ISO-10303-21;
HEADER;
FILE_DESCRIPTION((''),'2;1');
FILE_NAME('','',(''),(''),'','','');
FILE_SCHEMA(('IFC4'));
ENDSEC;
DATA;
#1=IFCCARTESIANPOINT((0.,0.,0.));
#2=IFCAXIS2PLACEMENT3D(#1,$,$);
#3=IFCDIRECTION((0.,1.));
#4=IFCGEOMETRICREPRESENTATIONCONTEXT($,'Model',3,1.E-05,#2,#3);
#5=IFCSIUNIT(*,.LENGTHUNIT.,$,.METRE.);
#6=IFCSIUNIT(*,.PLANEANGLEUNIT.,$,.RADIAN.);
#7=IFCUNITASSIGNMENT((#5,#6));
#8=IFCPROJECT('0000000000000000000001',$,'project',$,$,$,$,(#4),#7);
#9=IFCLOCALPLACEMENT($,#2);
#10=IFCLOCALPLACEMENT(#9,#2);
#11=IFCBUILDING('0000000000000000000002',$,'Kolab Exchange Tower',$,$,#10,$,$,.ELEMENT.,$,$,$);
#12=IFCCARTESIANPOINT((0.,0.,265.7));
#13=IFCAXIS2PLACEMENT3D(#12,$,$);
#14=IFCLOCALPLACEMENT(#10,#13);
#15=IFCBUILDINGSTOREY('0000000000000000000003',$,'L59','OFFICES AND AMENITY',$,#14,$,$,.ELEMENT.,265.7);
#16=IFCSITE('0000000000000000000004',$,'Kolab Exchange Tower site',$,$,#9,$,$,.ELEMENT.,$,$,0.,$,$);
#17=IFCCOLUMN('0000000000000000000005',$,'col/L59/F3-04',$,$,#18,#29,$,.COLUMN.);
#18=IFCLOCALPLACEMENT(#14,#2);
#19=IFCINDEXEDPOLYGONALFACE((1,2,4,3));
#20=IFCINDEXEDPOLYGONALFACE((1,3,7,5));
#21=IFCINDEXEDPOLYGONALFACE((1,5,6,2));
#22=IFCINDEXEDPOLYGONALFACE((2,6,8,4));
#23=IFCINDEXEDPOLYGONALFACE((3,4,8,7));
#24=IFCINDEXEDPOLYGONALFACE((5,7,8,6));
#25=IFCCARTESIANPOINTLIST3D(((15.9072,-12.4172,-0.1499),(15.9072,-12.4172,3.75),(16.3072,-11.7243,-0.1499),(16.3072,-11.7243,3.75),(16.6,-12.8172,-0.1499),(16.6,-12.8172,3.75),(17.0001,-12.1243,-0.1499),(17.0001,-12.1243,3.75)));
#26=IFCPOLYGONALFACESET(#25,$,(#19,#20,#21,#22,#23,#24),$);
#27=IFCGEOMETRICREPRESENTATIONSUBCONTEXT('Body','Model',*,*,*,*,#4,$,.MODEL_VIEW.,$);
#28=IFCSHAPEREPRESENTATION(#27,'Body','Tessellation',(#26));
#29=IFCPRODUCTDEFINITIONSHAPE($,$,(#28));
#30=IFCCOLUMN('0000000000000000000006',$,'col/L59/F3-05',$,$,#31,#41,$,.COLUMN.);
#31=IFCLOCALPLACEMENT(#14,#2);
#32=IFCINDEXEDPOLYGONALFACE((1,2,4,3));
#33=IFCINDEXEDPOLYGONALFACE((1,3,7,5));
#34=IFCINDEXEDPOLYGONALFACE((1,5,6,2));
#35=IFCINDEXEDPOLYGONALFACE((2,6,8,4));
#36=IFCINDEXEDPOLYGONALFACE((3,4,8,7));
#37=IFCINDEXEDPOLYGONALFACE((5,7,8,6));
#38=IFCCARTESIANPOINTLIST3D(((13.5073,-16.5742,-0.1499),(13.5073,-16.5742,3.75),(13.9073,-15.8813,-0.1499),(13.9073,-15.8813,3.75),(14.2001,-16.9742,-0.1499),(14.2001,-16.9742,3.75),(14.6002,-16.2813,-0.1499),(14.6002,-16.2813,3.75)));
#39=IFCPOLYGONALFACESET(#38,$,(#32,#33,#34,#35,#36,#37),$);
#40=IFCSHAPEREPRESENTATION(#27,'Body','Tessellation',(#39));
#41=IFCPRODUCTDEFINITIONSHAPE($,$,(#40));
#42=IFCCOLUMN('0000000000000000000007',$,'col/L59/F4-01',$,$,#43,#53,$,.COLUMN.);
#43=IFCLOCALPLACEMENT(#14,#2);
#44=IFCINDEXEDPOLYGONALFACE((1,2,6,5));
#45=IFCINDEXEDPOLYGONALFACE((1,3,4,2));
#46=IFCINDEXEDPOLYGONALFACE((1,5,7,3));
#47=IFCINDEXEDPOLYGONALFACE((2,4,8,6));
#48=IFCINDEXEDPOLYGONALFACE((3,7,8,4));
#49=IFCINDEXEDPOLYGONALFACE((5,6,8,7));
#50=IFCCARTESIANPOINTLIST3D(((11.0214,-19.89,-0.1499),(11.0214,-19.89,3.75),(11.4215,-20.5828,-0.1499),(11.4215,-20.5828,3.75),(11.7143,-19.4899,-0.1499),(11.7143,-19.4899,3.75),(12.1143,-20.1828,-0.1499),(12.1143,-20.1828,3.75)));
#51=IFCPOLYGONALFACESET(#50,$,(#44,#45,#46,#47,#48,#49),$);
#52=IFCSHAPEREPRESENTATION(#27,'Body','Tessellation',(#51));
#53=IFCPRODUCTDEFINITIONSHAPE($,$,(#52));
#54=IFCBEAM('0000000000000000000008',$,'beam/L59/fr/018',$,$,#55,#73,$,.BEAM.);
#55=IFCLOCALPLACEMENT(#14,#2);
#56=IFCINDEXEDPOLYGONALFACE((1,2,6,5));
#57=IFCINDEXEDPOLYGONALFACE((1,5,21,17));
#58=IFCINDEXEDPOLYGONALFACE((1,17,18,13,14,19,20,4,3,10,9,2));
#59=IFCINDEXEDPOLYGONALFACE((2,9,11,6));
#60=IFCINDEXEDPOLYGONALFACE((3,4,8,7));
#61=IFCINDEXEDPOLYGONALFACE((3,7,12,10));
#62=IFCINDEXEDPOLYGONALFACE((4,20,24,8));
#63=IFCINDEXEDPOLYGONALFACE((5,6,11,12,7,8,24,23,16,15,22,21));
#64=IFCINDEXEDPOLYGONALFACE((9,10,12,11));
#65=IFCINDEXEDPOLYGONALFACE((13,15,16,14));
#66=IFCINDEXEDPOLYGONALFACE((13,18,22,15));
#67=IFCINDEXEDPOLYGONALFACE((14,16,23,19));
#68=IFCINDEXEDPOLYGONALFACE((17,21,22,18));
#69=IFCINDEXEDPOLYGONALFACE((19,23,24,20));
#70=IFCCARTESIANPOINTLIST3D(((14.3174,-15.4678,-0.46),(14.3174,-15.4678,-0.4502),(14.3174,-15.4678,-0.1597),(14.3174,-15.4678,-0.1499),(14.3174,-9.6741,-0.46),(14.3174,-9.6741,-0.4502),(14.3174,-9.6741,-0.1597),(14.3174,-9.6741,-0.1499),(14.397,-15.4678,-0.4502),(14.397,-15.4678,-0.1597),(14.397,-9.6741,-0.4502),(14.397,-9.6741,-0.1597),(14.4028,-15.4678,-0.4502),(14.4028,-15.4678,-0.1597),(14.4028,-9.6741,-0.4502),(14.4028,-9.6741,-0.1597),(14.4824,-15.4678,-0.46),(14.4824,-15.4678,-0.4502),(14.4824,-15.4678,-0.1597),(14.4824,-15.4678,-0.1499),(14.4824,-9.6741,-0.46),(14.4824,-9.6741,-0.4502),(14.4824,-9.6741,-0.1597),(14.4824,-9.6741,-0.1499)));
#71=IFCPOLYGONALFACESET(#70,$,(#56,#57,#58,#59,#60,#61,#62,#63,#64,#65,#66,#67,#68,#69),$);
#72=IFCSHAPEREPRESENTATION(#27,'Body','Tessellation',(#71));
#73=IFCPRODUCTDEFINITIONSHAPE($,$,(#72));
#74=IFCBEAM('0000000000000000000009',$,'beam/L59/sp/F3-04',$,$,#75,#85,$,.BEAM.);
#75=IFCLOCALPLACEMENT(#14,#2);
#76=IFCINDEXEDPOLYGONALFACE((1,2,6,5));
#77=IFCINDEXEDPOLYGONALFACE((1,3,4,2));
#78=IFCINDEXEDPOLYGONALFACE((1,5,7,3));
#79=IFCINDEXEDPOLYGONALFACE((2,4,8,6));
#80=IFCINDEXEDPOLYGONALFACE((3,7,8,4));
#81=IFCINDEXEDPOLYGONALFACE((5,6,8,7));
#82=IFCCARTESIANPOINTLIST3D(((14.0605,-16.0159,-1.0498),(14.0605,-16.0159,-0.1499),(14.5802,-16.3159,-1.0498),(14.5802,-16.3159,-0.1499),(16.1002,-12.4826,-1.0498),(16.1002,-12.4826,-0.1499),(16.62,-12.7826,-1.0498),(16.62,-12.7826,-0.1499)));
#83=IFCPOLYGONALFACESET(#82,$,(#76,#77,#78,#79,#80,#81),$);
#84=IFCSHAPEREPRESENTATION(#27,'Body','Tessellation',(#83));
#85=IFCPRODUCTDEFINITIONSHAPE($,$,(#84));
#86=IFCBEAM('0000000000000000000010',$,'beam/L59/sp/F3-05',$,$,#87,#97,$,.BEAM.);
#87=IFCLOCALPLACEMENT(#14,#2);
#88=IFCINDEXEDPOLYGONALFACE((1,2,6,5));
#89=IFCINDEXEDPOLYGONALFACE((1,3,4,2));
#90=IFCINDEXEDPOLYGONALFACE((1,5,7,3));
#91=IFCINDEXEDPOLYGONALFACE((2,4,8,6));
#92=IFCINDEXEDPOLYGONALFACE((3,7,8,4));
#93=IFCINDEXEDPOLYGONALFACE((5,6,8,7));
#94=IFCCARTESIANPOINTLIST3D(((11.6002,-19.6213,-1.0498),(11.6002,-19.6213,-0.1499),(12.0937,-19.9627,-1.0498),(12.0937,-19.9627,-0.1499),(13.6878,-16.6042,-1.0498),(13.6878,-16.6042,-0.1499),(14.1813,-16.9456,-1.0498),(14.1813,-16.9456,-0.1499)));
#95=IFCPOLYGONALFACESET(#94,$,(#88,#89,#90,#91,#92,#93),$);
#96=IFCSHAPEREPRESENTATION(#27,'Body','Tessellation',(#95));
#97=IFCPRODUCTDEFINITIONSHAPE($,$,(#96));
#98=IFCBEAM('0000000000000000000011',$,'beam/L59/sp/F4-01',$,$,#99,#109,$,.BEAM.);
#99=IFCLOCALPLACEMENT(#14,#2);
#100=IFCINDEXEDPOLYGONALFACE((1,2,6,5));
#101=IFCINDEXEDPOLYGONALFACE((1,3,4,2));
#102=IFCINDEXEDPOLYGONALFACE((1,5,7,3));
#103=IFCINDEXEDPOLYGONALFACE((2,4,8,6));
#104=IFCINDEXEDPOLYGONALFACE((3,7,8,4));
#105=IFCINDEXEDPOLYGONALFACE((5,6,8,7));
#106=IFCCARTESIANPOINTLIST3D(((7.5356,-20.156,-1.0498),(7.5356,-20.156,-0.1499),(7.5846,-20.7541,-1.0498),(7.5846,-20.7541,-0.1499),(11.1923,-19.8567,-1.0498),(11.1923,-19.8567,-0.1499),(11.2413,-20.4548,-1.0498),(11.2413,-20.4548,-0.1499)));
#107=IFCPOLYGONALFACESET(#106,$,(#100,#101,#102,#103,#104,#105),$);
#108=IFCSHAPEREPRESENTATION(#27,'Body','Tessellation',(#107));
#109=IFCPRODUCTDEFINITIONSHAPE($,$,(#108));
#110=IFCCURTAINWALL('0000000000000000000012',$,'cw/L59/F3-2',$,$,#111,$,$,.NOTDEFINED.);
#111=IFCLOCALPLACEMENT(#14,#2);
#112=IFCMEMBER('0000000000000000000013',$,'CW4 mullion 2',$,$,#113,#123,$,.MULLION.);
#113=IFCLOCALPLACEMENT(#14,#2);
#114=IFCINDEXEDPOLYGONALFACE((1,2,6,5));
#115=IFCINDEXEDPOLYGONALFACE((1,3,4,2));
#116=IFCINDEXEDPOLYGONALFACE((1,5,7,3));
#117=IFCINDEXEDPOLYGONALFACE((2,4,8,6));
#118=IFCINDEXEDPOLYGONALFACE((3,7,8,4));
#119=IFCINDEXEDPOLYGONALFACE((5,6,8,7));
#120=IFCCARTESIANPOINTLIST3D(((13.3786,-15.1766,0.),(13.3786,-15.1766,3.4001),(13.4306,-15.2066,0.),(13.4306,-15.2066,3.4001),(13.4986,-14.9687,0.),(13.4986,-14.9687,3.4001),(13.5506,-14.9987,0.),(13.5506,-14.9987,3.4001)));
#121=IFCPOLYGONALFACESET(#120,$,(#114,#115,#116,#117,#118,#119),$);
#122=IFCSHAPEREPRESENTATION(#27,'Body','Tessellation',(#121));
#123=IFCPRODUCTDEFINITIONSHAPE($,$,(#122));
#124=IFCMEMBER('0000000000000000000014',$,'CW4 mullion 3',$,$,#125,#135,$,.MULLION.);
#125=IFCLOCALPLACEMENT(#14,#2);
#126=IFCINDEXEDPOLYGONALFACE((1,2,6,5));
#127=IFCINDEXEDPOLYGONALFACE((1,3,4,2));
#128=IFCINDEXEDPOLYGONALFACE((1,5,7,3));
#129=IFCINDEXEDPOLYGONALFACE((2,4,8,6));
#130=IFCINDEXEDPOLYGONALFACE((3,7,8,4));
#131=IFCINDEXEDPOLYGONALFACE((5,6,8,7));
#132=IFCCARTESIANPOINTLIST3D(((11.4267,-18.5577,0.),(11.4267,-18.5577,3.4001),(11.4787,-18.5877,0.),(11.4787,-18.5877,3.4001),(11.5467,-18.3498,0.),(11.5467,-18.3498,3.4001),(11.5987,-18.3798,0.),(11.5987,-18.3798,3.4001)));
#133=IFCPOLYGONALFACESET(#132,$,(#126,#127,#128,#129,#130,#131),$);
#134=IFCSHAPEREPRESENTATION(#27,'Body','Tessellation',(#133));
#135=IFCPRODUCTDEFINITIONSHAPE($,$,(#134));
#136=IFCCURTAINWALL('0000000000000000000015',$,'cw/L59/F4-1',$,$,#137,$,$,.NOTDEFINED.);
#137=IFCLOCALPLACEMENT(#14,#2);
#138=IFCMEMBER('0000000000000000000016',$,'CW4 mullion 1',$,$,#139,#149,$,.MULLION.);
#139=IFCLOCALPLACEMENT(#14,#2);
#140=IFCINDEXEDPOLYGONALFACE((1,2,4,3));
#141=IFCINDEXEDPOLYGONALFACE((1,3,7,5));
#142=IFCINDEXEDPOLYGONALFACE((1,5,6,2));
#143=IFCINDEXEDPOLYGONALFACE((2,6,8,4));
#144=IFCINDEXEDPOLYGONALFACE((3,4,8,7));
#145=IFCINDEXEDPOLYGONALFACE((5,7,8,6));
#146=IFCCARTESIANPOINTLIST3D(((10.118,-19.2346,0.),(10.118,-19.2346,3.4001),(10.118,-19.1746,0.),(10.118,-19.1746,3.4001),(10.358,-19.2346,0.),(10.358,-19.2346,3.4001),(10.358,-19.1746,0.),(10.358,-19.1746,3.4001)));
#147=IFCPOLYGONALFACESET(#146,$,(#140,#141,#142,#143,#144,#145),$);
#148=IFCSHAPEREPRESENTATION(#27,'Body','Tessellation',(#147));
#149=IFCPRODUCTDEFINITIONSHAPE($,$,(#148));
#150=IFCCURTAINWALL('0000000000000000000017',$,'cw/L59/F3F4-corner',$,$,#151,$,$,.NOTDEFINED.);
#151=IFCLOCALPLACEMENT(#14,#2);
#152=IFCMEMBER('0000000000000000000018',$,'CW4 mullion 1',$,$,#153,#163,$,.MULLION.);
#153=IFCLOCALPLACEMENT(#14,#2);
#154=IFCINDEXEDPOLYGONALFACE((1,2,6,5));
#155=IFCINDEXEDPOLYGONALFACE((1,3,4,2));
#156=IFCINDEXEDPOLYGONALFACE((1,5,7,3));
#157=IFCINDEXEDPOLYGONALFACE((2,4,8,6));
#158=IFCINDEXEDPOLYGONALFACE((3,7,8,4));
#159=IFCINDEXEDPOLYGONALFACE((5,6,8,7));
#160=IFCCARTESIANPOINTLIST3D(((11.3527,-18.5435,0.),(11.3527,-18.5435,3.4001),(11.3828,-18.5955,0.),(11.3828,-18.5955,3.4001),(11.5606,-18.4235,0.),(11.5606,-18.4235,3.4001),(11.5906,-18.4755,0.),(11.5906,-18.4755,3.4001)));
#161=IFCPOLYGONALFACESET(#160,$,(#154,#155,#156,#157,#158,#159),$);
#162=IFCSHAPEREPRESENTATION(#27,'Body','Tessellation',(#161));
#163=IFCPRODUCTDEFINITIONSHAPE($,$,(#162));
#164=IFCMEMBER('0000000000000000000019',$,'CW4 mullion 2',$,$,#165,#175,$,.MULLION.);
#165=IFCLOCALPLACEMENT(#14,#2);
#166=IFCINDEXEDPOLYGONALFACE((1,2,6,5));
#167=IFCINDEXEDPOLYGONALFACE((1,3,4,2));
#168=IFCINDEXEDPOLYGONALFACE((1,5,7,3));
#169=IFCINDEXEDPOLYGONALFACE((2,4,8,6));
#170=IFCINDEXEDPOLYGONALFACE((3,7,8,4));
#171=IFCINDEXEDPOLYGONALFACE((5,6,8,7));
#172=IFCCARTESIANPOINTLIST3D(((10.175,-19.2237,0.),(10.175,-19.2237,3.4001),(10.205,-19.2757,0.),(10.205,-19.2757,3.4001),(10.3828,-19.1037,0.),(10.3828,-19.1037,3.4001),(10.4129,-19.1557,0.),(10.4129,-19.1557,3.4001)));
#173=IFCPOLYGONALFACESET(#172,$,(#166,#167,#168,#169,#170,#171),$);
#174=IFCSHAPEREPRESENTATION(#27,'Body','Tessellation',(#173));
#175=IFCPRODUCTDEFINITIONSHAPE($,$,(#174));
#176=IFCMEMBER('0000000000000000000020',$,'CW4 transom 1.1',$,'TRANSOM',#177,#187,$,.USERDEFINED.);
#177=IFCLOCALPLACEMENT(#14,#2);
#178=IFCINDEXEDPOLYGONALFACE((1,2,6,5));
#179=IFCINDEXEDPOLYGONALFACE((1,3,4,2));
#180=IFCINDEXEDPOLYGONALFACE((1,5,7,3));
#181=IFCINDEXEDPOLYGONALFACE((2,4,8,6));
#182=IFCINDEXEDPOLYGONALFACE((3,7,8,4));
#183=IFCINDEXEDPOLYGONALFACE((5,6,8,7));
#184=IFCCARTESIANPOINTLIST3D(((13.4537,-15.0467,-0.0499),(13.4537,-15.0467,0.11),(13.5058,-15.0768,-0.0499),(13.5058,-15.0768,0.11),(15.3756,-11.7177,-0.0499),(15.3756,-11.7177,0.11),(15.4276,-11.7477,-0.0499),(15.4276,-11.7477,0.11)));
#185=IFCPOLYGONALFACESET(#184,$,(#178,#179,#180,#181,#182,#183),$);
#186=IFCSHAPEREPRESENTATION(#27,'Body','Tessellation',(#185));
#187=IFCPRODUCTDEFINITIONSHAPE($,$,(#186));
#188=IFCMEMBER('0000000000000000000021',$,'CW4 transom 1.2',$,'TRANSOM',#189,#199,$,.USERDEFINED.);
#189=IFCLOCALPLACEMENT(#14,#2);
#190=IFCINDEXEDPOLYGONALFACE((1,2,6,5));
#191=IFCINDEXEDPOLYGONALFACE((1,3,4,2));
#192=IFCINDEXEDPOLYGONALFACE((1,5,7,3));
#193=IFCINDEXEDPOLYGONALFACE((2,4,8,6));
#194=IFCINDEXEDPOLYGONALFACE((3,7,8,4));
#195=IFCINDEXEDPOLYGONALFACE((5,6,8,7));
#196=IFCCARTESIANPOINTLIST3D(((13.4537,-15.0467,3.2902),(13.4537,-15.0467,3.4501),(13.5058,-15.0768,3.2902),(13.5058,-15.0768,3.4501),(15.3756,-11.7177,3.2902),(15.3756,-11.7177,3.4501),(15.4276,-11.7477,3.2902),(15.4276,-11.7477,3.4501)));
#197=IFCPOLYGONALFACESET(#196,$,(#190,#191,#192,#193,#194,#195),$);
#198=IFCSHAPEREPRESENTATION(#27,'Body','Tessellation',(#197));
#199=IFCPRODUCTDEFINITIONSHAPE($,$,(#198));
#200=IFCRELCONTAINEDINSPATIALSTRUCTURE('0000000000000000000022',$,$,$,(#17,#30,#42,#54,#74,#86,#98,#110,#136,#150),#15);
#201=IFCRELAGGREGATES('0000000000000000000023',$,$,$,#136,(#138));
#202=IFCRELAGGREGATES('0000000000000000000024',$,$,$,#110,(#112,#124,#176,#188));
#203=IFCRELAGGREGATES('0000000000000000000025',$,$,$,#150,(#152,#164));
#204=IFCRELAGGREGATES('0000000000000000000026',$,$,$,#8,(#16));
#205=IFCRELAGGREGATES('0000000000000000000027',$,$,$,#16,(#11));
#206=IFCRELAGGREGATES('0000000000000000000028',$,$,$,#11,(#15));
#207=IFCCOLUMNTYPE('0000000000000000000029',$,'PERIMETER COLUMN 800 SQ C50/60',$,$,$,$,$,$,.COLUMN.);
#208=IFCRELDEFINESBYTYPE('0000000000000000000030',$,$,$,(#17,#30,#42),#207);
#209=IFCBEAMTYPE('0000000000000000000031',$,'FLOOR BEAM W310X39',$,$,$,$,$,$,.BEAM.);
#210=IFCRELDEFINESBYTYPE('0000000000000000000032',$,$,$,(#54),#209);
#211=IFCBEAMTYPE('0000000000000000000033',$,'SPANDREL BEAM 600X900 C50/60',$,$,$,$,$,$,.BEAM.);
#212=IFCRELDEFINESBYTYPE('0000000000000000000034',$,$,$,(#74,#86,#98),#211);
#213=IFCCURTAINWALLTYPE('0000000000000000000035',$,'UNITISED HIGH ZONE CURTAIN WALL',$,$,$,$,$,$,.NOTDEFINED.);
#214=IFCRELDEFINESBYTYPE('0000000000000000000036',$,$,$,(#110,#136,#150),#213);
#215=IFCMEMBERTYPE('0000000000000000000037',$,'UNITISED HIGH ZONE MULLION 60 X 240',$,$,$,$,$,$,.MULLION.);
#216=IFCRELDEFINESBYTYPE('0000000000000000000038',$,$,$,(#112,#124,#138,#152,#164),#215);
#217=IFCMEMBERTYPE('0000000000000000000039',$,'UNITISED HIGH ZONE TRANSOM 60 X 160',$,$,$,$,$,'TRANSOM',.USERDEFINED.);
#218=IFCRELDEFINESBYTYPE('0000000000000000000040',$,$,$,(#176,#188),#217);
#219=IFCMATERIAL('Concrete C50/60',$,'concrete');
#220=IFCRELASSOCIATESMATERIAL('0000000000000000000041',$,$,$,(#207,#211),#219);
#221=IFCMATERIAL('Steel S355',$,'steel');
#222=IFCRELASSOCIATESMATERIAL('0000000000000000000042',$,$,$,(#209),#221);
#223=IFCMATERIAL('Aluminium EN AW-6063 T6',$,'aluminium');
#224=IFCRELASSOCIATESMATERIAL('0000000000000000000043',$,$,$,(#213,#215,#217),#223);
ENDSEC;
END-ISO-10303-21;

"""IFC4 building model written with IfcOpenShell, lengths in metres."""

from ifc_helpers import new_model, si_unit, direction, frame, origin, origin_2d, place, context, subcontext, project, spatial, rectangle, i_section, extrude, material, material_profile, profile_set, type_object, element, aggregate, save


model = new_model("IFC4")

# Units and contexts
model_context = context("Model", 3, precision=1e-05, world=origin(), true_north=direction((0.0, 1.0)))
body_context = subcontext(model_context, "Body", "Model", "MODEL_VIEW")
ifc_project = project(units=[si_unit("LENGTHUNIT", "METRE"), si_unit("PLANEANGLEUNIT", "RADIAN")], contexts=[model_context])

# Site, building, storey
site_placement = place(None, origin())
site = spatial("IfcSite", under=ifc_project, at=site_placement, Name="Kolab Exchange Tower site", CompositionType="ELEMENT", RefElevation=0.0)
building_placement = place(site_placement, origin())
building = spatial("IfcBuilding", under=site, at=building_placement, Name="Kolab Exchange Tower", CompositionType="ELEMENT")
storey_placement = place(building_placement, frame((0.0, 0.0, 265.7)))
storey = spatial("IfcBuildingStorey", under=building, at=storey_placement, Name="L59", Description="OFFICES AND AMENITY", CompositionType="ELEMENT", Elevation=265.7)

# Columns
ifc_material_1 = material(Name="Concrete C50/60", Category="concrete")
ifc_material_profile_1 = material_profile(ifc_material_1, rectangle(XDim=0.8, YDim=0.8, at=origin_2d()), Name="RC800")
ifc_profile_set_1 = profile_set([ifc_material_profile_1], Name="Concrete C50/60")
column_type = type_object("IfcColumnType", Name="PERIMETER COLUMN 800 SQ C50/60", PredefinedType="COLUMN", material=ifc_profile_set_1)
for number, where, z_axis, x_axis, name in (
    (1, (16.4536, -12.2708, -0.1499), (0.0, 0.0, 1.0), (0.5, 0.866025, 0.0), "col/L59/F3-04"),
    (2, (14.0537, -16.4277, -0.1499), (0.0, 0.0, 1.0), (0.5, 0.866025, 0.0), "col/L59/F3-05"),
    (3, (11.5679, -20.0364, -0.1499), (0.0, 0.0, 1.0), (0.866025, 0.5, 0.0), "col/L59/F4-01"),
):
    element("IfcColumn", number, at=place(storey_placement, frame(where, z_axis=z_axis, x_axis=x_axis)), inside=storey, type_object=column_type, Name=name, PredefinedType="COLUMN", context=body_context, shape_type="SweptSolid", body=[
        extrude(rectangle(XDim=0.8, YDim=0.8, at=origin_2d()), origin(), (0.0, 0.0, 1.0), 3.8999),
    ])

# Beams
ifc_material_2 = material(Name="Steel S355", Category="steel")
ifc_material_profile_2 = material_profile(ifc_material_2, i_section(OverallWidth=0.165, OverallDepth=0.3101, WebThickness=0.0059, FlangeThickness=0.0098, at=origin_2d()), Name="W310X39")
ifc_profile_set_2 = profile_set([ifc_material_profile_2], Name="Steel S355")
beam_type_1 = type_object("IfcBeamType", Name="FLOOR BEAM W310X39", PredefinedType="BEAM", material=ifc_profile_set_2)
beam_1_placement = place(storey_placement, frame((14.3999, -15.4678, -0.3049), z_axis=(0.0, 1.0, 0.0), x_axis=(-1.0, 0.0, 0.0)))
element("IfcBeam", 4, at=beam_1_placement, inside=storey, type_object=beam_type_1, Name="beam/L59/fr/018", PredefinedType="BEAM", context=body_context, shape_type="SweptSolid", body=[
    extrude(i_section(OverallWidth=0.165, OverallDepth=0.3101, WebThickness=0.0059, FlangeThickness=0.0098, at=origin_2d()), origin(), (0.0, 0.0, 1.0), 5.7937),
])
ifc_material_profile_3 = material_profile(ifc_material_1, rectangle(XDim=0.6001, YDim=0.8999, at=origin_2d()), Name="RC600X900")
ifc_profile_set_3 = profile_set([ifc_material_profile_3], Name="Concrete C50/60")
beam_type_2 = type_object("IfcBeamType", Name="SPANDREL BEAM 600X900 C50/60", PredefinedType="BEAM", material=ifc_profile_set_3)
beam_2_placement = place(storey_placement, frame((16.3601, -12.6326, -0.5999), z_axis=(-0.499956, -0.866051, 0.0), x_axis=(0.866051, -0.499956, 0.0)))
element("IfcBeam", 5, at=beam_2_placement, inside=storey, type_object=beam_type_2, Name="beam/L59/sp/F3-04", PredefinedType="BEAM", context=body_context, shape_type="SweptSolid", body=[
    extrude(rectangle(XDim=0.6001, YDim=0.8999, at=origin_2d()), origin(), (0.0, 0.0, 1.0), 4.0798),
])
for number, where, z_axis, x_axis, name in (
    (6, (13.9346, -16.7749, -0.5999), (-0.569006, -0.822334, 0.0), (0.822334, -0.569006, 0.0), "beam/L59/sp/F3-05"),
    (7, (11.2168, -20.1558, -0.5999), (-0.996667, -0.081581, 0.0), (0.081581, -0.996667, 0.0), "beam/L59/sp/F4-01"),
):
    element("IfcBeam", number, at=place(storey_placement, frame(where, z_axis=z_axis, x_axis=x_axis)), inside=storey, type_object=beam_type_2, Name=name, PredefinedType="BEAM", context=body_context, shape_type="SweptSolid", body=[
        extrude(rectangle(XDim=0.6001, YDim=0.8999, at=origin_2d()), origin(), (0.0, 0.0, 1.0), 3.6689),
    ])

# Curtain wall, members
ifc_material_3 = material(Name="Aluminium EN AW-6063 T6", Category="aluminium")
curtain_wall_type = type_object("IfcCurtainWallType", Name="UNITISED HIGH ZONE CURTAIN WALL", PredefinedType="NOTDEFINED", material=ifc_material_3)
curtain_wall_1_placement = place(storey_placement, origin())
curtain_wall_1 = element("IfcCurtainWall", 8, at=curtain_wall_1_placement, inside=storey, type_object=curtain_wall_type, Name="cw/L59/F3-2", PredefinedType="NOTDEFINED")
ifc_material_profile_4 = material_profile(ifc_material_3, rectangle(XDim=0.0601, YDim=0.24, at=origin_2d()), Name="RECT 60X240")
ifc_profile_set_4 = profile_set([ifc_material_profile_4], Name="Aluminium EN AW-6063 T6")
member_type_1 = type_object("IfcMemberType", Name="UNITISED HIGH ZONE MULLION 60 X 240", PredefinedType="MULLION", material=ifc_profile_set_4)
member_1_placement = place(storey_placement, frame((13.4646, -15.0876, 0.0), z_axis=(0.0, 0.0, 1.0), x_axis=(0.866025, -0.5, 0.0)))
member_1 = element("IfcMember", 9, at=member_1_placement, type_object=member_type_1, Name="CW4 mullion 2", PredefinedType="MULLION", context=body_context, shape_type="SweptSolid", body=[
    extrude(rectangle(XDim=0.0601, YDim=0.24, at=origin_2d()), origin(), (0.0, 0.0, 1.0), 3.4001),
])
member_2_placement = place(storey_placement, frame((11.5127, -18.4688, 0.0), z_axis=(0.0, 0.0, 1.0), x_axis=(0.866025, -0.5, 0.0)))
member_2 = element("IfcMember", 10, at=member_2_placement, type_object=member_type_1, Name="CW4 mullion 3", PredefinedType="MULLION", context=body_context, shape_type="SweptSolid", body=[
    extrude(rectangle(XDim=0.0601, YDim=0.24, at=origin_2d()), origin(), (0.0, 0.0, 1.0), 3.4001),
])

# Curtain wall, member
curtain_wall_2_placement = place(storey_placement, origin())
curtain_wall_2 = element("IfcCurtainWall", 11, at=curtain_wall_2_placement, inside=storey, type_object=curtain_wall_type, Name="cw/L59/F4-1", PredefinedType="NOTDEFINED")
member_3_placement = place(storey_placement, frame((10.238, -19.2046, 0.0), z_axis=(0.0, 0.0, 1.0), x_axis=(0.0, -1.0, 0.0)))
member_3 = element("IfcMember", 12, at=member_3_placement, type_object=member_type_1, Name="CW4 mullion 1", PredefinedType="MULLION", context=body_context, shape_type="SweptSolid", body=[
    extrude(rectangle(XDim=0.0601, YDim=0.24, at=origin_2d()), origin(), (0.0, 0.0, 1.0), 3.4001),
])

# Curtain wall, members
curtain_wall_3_placement = place(storey_placement, origin())
curtain_wall_3 = element("IfcCurtainWall", 13, at=curtain_wall_3_placement, inside=storey, type_object=curtain_wall_type, Name="cw/L59/F3F4-corner", PredefinedType="NOTDEFINED")
member_4_placement = place(storey_placement, frame((11.4717, -18.5095, 0.0), z_axis=(0.0, 0.0, 1.0), x_axis=(0.5, -0.866025, 0.0)))
member_4 = element("IfcMember", 14, at=member_4_placement, type_object=member_type_1, Name="CW4 mullion 1", PredefinedType="MULLION", context=body_context, shape_type="SweptSolid", body=[
    extrude(rectangle(XDim=0.0601, YDim=0.24, at=origin_2d()), origin(), (0.0, 0.0, 1.0), 3.4001),
])
member_5_placement = place(storey_placement, frame((10.2939, -19.1897, 0.0), z_axis=(0.0, 0.0, 1.0), x_axis=(0.5, -0.866025, 0.0)))
member_5 = element("IfcMember", 15, at=member_5_placement, type_object=member_type_1, Name="CW4 mullion 2", PredefinedType="MULLION", context=body_context, shape_type="SweptSolid", body=[
    extrude(rectangle(XDim=0.0601, YDim=0.24, at=origin_2d()), origin(), (0.0, 0.0, 1.0), 3.4001),
])

# Members
ifc_material_profile_5 = material_profile(ifc_material_3, rectangle(XDim=0.0601, YDim=0.1599, at=origin_2d()), Name="RECT 60X160")
ifc_profile_set_5 = profile_set([ifc_material_profile_5], Name="Aluminium EN AW-6063 T6")
member_type_2 = type_object("IfcMemberType", Name="UNITISED HIGH ZONE TRANSOM 60 X 160", ElementType="TRANSOM", PredefinedType="USERDEFINED", material=ifc_profile_set_5)
member_6_placement = place(storey_placement, frame((15.4016, -11.7327, 0.03), z_axis=(-0.499964, -0.866046, 0.0), x_axis=(0.866046, -0.499964, 0.0)))
member_6 = element("IfcMember", 16, at=member_6_placement, type_object=member_type_2, Name="CW4 transom 1.1", ObjectType="TRANSOM", PredefinedType="USERDEFINED", context=body_context, shape_type="SweptSolid", body=[
    extrude(rectangle(XDim=0.0601, YDim=0.1599, at=origin_2d()), origin(), (0.0, 0.0, 1.0), 3.844),
])
member_7_placement = place(storey_placement, frame((15.4016, -11.7327, 3.3701), z_axis=(-0.499964, -0.866046, 0.0), x_axis=(0.866046, -0.499964, 0.0)))
member_7 = element("IfcMember", 17, at=member_7_placement, type_object=member_type_2, Name="CW4 transom 1.2", ObjectType="TRANSOM", PredefinedType="USERDEFINED", context=body_context, shape_type="SweptSolid", body=[
    extrude(rectangle(XDim=0.0601, YDim=0.1599, at=origin_2d()), origin(), (0.0, 0.0, 1.0), 3.844),
])
aggregate(curtain_wall_2, [member_3])

aggregate(curtain_wall_1, [member_1, member_2, member_6, member_7])
aggregate(curtain_wall_3, [member_4, member_5])

save(model, "model.ifc")
